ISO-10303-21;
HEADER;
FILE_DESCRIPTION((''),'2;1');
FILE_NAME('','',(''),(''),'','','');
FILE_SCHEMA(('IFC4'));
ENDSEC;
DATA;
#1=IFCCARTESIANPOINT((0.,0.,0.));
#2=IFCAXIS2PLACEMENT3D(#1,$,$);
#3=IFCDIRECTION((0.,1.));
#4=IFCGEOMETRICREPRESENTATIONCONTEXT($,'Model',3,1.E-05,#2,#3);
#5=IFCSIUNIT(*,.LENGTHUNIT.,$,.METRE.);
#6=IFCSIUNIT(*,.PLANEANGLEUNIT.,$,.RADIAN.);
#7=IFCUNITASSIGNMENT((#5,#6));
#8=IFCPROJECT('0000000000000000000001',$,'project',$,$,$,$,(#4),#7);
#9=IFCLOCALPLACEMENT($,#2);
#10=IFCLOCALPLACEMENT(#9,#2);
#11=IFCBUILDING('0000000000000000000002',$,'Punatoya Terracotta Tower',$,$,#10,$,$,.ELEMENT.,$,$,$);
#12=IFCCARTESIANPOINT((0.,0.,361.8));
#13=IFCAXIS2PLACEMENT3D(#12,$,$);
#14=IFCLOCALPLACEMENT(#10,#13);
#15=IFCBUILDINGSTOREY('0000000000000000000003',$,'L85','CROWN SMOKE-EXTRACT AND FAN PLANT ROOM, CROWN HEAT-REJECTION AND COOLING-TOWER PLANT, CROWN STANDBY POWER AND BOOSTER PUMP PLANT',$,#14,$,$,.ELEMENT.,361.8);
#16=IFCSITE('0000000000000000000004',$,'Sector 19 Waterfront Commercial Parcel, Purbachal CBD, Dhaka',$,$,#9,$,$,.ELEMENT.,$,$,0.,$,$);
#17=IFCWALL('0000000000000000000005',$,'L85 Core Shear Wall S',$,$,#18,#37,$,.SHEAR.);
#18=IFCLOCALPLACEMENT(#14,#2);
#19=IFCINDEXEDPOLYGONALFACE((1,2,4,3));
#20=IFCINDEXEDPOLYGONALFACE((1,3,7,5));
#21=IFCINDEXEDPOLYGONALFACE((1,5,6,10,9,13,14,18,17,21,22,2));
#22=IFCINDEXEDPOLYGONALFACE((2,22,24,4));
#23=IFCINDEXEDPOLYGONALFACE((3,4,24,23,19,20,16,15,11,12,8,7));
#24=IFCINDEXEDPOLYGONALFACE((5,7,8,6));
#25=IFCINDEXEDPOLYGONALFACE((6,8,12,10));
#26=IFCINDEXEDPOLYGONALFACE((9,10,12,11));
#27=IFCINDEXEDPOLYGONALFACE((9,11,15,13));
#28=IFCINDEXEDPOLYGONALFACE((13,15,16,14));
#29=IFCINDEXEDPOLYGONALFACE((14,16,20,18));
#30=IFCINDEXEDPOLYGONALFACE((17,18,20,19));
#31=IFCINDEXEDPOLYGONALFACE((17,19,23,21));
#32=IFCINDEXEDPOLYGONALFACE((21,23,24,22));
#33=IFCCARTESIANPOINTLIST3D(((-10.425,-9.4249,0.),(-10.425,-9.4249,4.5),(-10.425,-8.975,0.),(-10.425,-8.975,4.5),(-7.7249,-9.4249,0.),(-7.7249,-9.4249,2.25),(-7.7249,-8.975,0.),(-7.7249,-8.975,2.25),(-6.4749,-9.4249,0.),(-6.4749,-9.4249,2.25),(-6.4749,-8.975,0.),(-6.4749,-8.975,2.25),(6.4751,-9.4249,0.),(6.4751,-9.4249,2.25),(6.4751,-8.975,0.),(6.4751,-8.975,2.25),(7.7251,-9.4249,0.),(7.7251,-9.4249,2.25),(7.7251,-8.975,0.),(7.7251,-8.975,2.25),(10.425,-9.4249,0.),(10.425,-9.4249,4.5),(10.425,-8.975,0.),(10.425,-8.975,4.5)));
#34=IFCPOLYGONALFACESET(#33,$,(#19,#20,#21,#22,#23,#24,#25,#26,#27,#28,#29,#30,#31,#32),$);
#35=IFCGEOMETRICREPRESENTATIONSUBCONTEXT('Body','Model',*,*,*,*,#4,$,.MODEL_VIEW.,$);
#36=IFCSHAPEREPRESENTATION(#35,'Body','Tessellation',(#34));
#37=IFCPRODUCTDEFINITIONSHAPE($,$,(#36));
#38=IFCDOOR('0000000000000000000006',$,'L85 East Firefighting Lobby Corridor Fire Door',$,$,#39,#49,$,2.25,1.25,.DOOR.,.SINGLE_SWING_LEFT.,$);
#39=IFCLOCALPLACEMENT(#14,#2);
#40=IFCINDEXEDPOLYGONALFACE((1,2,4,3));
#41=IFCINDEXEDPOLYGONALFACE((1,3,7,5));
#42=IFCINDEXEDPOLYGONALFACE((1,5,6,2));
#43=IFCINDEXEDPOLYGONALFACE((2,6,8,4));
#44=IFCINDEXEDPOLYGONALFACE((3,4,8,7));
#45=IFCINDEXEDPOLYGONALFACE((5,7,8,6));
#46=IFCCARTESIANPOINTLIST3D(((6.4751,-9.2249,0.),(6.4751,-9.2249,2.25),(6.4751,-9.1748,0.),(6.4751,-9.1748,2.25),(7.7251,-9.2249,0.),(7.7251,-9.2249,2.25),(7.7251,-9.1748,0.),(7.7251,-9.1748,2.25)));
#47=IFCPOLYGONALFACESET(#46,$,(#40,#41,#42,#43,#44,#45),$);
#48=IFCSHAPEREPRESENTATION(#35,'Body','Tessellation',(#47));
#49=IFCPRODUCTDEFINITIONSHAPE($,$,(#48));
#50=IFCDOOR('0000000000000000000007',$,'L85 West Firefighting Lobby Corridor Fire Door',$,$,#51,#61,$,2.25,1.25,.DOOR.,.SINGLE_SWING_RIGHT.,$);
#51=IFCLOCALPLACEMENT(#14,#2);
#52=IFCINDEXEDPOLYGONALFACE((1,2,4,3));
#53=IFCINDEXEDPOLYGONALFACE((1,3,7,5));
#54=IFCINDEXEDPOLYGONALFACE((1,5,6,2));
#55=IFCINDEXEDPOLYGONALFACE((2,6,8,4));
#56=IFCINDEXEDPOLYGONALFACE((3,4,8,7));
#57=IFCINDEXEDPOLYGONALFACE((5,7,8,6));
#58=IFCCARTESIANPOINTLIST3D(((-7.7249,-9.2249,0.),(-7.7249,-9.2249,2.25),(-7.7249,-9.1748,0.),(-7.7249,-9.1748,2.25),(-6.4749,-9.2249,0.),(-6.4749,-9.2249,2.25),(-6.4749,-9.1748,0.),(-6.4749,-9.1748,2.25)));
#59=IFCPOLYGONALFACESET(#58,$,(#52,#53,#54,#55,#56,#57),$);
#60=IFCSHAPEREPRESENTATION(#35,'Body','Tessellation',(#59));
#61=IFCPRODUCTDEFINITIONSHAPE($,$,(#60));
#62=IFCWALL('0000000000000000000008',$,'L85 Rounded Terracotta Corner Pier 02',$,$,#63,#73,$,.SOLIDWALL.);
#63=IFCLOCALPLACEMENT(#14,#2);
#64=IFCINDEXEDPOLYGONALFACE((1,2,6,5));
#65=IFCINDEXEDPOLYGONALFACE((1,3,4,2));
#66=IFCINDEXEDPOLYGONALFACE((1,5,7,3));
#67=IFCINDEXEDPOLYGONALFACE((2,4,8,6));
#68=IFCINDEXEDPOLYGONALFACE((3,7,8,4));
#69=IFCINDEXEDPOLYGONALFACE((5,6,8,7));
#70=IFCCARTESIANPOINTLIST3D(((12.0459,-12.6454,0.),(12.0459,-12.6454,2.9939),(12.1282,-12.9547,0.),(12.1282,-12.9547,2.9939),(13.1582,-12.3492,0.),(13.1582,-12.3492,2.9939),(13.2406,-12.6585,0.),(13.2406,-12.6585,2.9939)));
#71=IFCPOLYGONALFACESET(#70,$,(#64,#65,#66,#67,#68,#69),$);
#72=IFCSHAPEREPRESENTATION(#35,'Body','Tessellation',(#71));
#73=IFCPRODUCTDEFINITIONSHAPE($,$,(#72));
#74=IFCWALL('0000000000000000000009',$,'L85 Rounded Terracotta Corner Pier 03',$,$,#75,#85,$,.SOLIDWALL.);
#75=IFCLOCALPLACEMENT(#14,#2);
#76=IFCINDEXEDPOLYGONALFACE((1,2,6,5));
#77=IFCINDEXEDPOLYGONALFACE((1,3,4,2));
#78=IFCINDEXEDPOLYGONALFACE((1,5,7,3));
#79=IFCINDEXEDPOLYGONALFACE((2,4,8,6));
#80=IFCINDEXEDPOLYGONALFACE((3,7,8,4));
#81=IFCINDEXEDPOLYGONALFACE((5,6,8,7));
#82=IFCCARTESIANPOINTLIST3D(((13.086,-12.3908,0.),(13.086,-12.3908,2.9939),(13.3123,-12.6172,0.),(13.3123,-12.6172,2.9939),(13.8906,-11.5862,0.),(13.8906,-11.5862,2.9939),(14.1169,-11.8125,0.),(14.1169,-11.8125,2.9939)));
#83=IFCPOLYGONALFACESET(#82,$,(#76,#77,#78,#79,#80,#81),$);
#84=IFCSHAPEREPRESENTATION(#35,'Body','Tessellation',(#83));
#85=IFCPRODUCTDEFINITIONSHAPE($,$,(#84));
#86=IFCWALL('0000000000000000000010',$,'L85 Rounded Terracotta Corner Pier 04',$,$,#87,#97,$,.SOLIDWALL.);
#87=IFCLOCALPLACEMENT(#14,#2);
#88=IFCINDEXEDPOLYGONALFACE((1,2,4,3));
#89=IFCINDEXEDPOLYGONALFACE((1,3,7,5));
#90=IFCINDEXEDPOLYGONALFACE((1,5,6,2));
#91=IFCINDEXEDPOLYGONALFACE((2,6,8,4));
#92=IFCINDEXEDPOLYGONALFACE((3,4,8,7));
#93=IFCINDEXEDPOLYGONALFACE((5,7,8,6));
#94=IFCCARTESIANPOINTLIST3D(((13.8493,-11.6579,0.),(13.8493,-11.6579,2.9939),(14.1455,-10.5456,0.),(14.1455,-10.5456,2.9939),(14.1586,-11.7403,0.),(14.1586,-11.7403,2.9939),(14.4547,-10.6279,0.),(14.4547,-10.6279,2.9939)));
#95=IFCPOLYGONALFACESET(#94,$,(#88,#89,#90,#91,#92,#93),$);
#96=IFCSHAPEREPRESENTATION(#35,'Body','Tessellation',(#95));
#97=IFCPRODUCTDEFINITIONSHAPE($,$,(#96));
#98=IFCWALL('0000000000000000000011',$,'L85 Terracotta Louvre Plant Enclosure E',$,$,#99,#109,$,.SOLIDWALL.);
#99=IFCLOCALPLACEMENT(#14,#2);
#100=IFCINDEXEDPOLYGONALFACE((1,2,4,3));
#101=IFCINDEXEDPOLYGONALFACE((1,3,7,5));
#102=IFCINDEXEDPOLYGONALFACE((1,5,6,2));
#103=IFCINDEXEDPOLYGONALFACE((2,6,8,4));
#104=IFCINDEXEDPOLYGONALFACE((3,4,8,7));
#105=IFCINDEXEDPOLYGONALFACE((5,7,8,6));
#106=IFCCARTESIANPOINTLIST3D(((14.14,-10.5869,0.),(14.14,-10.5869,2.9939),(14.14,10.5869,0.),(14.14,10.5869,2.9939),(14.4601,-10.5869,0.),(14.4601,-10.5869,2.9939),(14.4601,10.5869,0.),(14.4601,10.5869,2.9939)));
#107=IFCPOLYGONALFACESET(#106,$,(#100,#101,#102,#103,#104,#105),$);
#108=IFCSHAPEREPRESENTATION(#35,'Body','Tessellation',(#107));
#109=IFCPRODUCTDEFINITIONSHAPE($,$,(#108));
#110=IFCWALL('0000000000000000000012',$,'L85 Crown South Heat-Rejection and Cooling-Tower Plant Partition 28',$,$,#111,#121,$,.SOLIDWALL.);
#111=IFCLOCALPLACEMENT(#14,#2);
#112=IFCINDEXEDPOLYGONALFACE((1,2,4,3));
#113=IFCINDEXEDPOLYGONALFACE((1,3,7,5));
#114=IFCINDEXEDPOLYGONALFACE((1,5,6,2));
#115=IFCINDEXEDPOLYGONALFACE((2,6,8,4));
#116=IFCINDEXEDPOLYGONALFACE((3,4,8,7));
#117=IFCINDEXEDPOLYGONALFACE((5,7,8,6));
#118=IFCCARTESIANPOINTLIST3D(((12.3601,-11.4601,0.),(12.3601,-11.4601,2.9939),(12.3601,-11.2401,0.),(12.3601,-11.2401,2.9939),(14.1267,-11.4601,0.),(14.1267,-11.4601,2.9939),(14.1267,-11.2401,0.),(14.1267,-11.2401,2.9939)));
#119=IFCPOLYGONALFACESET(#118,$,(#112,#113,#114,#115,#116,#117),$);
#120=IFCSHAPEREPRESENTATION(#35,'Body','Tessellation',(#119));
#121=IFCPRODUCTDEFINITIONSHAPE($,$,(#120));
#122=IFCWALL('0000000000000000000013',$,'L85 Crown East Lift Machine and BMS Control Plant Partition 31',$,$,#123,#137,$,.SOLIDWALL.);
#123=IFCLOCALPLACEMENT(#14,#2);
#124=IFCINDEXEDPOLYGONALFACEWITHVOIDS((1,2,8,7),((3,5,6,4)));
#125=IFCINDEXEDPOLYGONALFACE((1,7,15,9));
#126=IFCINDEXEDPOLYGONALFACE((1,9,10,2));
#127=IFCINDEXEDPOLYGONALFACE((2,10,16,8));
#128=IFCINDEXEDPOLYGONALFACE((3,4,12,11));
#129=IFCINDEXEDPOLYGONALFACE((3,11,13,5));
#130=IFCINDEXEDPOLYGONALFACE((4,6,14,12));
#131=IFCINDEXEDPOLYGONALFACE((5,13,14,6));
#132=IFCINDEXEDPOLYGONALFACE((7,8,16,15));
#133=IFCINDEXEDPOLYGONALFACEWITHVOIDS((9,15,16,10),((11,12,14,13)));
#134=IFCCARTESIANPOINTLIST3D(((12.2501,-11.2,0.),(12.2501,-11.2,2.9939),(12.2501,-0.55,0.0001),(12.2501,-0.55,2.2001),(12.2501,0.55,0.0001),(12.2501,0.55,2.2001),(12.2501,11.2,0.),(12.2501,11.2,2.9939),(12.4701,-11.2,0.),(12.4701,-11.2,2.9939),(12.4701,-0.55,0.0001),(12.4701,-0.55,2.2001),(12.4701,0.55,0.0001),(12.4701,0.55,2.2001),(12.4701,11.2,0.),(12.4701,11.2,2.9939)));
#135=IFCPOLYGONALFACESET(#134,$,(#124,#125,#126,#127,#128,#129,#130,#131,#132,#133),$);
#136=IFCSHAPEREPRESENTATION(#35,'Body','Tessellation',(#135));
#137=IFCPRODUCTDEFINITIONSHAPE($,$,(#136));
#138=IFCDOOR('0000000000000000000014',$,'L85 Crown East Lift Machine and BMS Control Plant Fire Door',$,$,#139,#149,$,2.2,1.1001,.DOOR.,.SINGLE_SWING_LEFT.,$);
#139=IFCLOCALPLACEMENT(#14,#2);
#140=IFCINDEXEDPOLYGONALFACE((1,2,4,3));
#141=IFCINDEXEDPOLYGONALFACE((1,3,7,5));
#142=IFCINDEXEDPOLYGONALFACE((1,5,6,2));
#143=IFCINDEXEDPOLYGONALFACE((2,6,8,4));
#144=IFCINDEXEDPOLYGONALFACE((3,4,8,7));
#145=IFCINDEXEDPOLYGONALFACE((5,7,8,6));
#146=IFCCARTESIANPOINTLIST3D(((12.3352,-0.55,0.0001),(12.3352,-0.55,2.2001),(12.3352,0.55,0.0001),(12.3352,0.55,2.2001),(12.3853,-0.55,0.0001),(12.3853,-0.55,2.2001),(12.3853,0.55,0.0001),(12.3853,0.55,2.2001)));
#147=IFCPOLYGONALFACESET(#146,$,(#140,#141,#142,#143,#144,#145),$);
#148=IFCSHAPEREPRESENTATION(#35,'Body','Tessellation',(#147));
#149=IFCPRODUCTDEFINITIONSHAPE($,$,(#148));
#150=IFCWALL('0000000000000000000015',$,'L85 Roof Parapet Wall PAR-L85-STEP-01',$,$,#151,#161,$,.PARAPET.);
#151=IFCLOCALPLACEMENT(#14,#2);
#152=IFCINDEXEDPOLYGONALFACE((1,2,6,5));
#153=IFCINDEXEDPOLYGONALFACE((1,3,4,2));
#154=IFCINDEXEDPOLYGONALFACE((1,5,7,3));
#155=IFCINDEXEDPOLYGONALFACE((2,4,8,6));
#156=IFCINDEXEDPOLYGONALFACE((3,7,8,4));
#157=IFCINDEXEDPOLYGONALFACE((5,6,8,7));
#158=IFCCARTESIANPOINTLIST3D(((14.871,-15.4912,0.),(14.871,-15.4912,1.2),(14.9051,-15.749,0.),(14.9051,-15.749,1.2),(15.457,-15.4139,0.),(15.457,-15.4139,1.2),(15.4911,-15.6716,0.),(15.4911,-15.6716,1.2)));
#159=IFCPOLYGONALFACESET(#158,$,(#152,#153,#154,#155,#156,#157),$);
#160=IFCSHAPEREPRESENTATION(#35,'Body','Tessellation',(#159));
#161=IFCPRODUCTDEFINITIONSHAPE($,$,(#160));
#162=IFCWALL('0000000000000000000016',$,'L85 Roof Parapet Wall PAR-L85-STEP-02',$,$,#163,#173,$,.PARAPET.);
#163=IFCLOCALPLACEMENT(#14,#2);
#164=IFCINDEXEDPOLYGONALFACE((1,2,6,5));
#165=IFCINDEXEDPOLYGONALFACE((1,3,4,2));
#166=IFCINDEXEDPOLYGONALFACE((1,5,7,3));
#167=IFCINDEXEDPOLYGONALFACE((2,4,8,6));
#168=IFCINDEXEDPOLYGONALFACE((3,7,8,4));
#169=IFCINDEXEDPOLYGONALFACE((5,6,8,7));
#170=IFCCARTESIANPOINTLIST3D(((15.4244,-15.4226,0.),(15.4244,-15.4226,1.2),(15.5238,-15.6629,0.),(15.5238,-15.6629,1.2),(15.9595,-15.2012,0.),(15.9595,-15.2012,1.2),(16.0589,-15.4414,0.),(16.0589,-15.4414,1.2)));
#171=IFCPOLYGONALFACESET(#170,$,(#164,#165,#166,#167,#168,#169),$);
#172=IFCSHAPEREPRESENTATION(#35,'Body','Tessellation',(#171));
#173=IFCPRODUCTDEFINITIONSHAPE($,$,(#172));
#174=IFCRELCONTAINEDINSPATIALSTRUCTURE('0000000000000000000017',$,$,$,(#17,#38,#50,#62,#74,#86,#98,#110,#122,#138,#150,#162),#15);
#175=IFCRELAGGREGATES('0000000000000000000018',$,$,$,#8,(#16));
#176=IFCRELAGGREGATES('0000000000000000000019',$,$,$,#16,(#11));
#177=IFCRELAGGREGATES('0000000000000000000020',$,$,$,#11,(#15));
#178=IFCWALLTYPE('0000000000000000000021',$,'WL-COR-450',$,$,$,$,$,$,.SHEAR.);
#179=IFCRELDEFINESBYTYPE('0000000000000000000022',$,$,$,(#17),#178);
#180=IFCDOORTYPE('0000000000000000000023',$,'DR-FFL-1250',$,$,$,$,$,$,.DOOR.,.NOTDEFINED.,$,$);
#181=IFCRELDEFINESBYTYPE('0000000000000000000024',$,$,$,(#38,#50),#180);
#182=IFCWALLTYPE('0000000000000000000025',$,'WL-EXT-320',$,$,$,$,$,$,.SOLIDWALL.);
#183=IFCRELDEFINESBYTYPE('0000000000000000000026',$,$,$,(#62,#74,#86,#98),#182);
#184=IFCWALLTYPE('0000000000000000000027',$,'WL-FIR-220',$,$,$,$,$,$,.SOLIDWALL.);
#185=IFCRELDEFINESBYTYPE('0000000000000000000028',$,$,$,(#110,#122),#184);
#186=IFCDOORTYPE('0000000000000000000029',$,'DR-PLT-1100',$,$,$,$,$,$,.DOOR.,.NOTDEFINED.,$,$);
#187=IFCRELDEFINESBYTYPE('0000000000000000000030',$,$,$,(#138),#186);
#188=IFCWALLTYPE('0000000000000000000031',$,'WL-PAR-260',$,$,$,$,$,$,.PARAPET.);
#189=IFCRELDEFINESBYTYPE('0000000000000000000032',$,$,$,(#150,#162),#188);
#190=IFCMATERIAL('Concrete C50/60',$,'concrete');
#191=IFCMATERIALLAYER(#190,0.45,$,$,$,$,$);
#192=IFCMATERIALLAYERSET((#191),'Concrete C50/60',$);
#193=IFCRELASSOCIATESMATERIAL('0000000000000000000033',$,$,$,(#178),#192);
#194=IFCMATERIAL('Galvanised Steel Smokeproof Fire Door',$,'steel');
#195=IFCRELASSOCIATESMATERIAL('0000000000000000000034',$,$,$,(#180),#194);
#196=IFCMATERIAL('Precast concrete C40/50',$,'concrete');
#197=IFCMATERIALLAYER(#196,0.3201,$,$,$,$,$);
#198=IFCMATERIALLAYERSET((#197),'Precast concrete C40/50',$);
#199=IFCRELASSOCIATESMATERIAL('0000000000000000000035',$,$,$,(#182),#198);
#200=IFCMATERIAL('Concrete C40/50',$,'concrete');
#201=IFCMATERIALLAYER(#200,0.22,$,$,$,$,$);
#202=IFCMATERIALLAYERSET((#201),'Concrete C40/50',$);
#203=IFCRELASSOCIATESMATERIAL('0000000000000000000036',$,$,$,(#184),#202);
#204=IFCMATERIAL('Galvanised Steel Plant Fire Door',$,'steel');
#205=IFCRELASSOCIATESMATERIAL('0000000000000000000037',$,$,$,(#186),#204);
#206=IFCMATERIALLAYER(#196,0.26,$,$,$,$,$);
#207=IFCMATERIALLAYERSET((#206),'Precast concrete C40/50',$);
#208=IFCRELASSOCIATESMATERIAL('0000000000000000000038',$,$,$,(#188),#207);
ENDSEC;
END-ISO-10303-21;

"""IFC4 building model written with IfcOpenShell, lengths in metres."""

from ifc_helpers import new_model, si_unit, direction, frame, frame_2d, origin, place, context, subcontext, project, spatial, rectangle, extrude, material, layer, layer_set, type_object, element, fill, save


model = new_model("IFC4")

# Units and contexts
model_context = context("Model", 3, precision=1e-05, world=origin(), true_north=direction((0.0, 1.0)))
body_context = subcontext(model_context, "Body", "Model", "MODEL_VIEW")
ifc_project = project(units=[si_unit("LENGTHUNIT", "METRE"), si_unit("PLANEANGLEUNIT", "RADIAN")], contexts=[model_context])

# Site, building, storey
site_placement = place(None, origin())
site = spatial("IfcSite", under=ifc_project, at=site_placement, Name="Sector 19 Waterfront Commercial Parcel, Purbachal CBD, Dhaka", CompositionType="ELEMENT", RefElevation=0.0)
building_placement = place(site_placement, origin())
building = spatial("IfcBuilding", under=site, at=building_placement, Name="Punatoya Terracotta Tower", CompositionType="ELEMENT")
storey_placement = place(building_placement, frame((0.0, 0.0, 361.8)))
storey = spatial("IfcBuildingStorey", under=building, at=storey_placement, Name="L85", Description="CROWN SMOKE-EXTRACT AND FAN PLANT ROOM, CROWN HEAT-REJECTION AND COOLING-TOWER PLANT, CROWN STANDBY POWER AND BOOSTER PUMP PLANT", CompositionType="ELEMENT", Elevation=361.8)

# Wall, openings, doors
ifc_material_1 = material(Name="Concrete C50/60", Category="concrete")
ifc_layer_1 = layer(ifc_material_1, 0.45)
ifc_layer_set_1 = layer_set([ifc_layer_1], Name="Concrete C50/60")
wall_type_1 = type_object("IfcWallType", Name="WL-COR-450", PredefinedType="SHEAR", material=ifc_layer_set_1)
wall_1_placement = place(storey_placement, frame((10.425, -9.2, 0.0), z_axis=(0.0, 0.0, 1.0), x_axis=(-1.0, 0.0, 0.0)))
wall_1 = element("IfcWall", 1, at=wall_1_placement, inside=storey, type_object=wall_type_1, Name="L85 Core Shear Wall S", PredefinedType="SHEAR", context=body_context, shape_type="SweptSolid", body=[
    extrude(rectangle(XDim=20.8501, YDim=0.45, at=frame_2d((10.425, 0.0))), origin(), (0.0, 0.0, 1.0), 4.5),
])
opening_1_placement = place(wall_1_placement, frame((2.7, 0.0, 0.0)))
opening_1 = element("IfcOpeningElement", 2, at=opening_1_placement, cuts=wall_1, PredefinedType="OPENING", context=body_context, shape_type="SweptSolid", body=[
    extrude(rectangle(XDim=1.25, YDim=2.25, at=frame_2d((0.625, 1.125))), frame((0.0, 0.2349, 0.0), z_axis=(0.0, -1.0, 0.0), x_axis=(1.0, 0.0, 0.0)), (0.0, 0.0, 1.0), 0.47),
])
opening_2_placement = place(wall_1_placement, frame((16.8999, 0.0, 0.0)))
opening_2 = element("IfcOpeningElement", 3, at=opening_2_placement, cuts=wall_1, PredefinedType="OPENING", context=body_context, shape_type="SweptSolid", body=[
    extrude(rectangle(XDim=1.25, YDim=2.25, at=frame_2d((0.625, 1.125))), frame((0.0, 0.2349, 0.0), z_axis=(0.0, -1.0, 0.0), x_axis=(1.0, 0.0, 0.0)), (0.0, 0.0, 1.0), 0.47),
])
ifc_material_2 = material(Name="Galvanised Steel Smokeproof Fire Door", Category="steel")
door_type_1 = type_object("IfcDoorType", Name="DR-FFL-1250", OperationType="NOTDEFINED", PredefinedType="DOOR", material=ifc_material_2)
door_1_placement = place(opening_1_placement, origin())
door_1 = element("IfcDoor", 4, at=door_1_placement, inside=storey, type_object=door_type_1, Name="L85 East Firefighting Lobby Corridor Fire Door", OperationType="SINGLE_SWING_LEFT", OverallHeight=2.25, OverallWidth=1.25, PredefinedType="DOOR", context=body_context, shape_type="SweptSolid", body=[
    extrude(rectangle(XDim=1.25, YDim=2.25, at=frame_2d((0.625, 1.125))), frame((0.0, 0.0249, 0.0), z_axis=(0.0, -1.0, 0.0), x_axis=(1.0, 0.0, 0.0)), (0.0, 0.0, 1.0), 0.05),
])
fill(opening_1, door_1)
door_2_placement = place(opening_2_placement, origin())
door_2 = element("IfcDoor", 5, at=door_2_placement, inside=storey, type_object=door_type_1, Name="L85 West Firefighting Lobby Corridor Fire Door", OperationType="SINGLE_SWING_RIGHT", OverallHeight=2.25, OverallWidth=1.25, PredefinedType="DOOR", context=body_context, shape_type="SweptSolid", body=[
    extrude(rectangle(XDim=1.25, YDim=2.25, at=frame_2d((0.625, 1.125))), frame((0.0, 0.0249, 0.0), z_axis=(0.0, -1.0, 0.0), x_axis=(1.0, 0.0, 0.0)), (0.0, 0.0, 1.0), 0.05),
])
fill(opening_2, door_2)

# Walls
ifc_material_3 = material(Name="Precast concrete C40/50", Category="concrete")
ifc_layer_2 = layer(ifc_material_3, 0.3201)
ifc_layer_set_2 = layer_set([ifc_layer_2], Name="Precast concrete C40/50")
wall_type_2 = type_object("IfcWallType", Name="WL-EXT-320", PredefinedType="SOLIDWALL", material=ifc_layer_set_2)
wall_2_placement = place(storey_placement, frame((12.0869, -12.8, 0.0), z_axis=(0.0, 0.0, 1.0), x_axis=(0.966337, 0.25728, 0.0)))
element("IfcWall", 6, at=wall_2_placement, inside=storey, type_object=wall_type_2, Name="L85 Rounded Terracotta Corner Pier 02", PredefinedType="SOLIDWALL", context=body_context, shape_type="SweptSolid", body=[
    extrude(rectangle(XDim=1.1511, YDim=0.3201, at=frame_2d((0.5757, 0.0))), origin(), (0.0, 0.0, 1.0), 2.9939),
])
wall_3_placement = place(storey_placement, frame((13.1992, -12.5039, 0.0), z_axis=(0.0, 0.0, 1.0), x_axis=(0.707107, 0.707107, 0.0)))
element("IfcWall", 7, at=wall_3_placement, inside=storey, type_object=wall_type_2, Name="L85 Rounded Terracotta Corner Pier 03", PredefinedType="SOLIDWALL", context=body_context, shape_type="SweptSolid", body=[
    extrude(rectangle(XDim=1.1379, YDim=0.3201, at=frame_2d((0.5688, 0.0))), origin(), (0.0, 0.0, 1.0), 2.9939),
])
wall_4_placement = place(storey_placement, frame((14.0039, -11.6992, 0.0), z_axis=(0.0, 0.0, 1.0), x_axis=(0.25728, 0.966337, 0.0)))
element("IfcWall", 8, at=wall_4_placement, inside=storey, type_object=wall_type_2, Name="L85 Rounded Terracotta Corner Pier 04", PredefinedType="SOLIDWALL", context=body_context, shape_type="SweptSolid", body=[
    extrude(rectangle(XDim=1.1511, YDim=0.3201, at=frame_2d((0.5757, 0.0))), origin(), (0.0, 0.0, 1.0), 2.9939),
])
wall_5_placement = place(storey_placement, frame((14.3, -10.5869, 0.0), z_axis=(0.0, 0.0, 1.0), x_axis=(0.0, 1.0, 0.0)))
element("IfcWall", 9, at=wall_5_placement, inside=storey, type_object=wall_type_2, Name="L85 Terracotta Louvre Plant Enclosure E", PredefinedType="SOLIDWALL", context=body_context, shape_type="SweptSolid", body=[
    extrude(rectangle(XDim=21.1738, YDim=0.3201, at=frame_2d((10.5869, 0.0))), origin(), (0.0, 0.0, 1.0), 2.9939),
])
ifc_material_4 = material(Name="Concrete C40/50", Category="concrete")
ifc_layer_3 = layer(ifc_material_4, 0.22)
ifc_layer_set_3 = layer_set([ifc_layer_3], Name="Concrete C40/50")
wall_type_3 = type_object("IfcWallType", Name="WL-FIR-220", PredefinedType="SOLIDWALL", material=ifc_layer_set_3)
wall_6_placement = place(storey_placement, frame((12.3601, -11.3501, 0.0), z_axis=(0.0, 0.0, 1.0), x_axis=(1.0, 0.0, 0.0)))
element("IfcWall", 10, at=wall_6_placement, inside=storey, type_object=wall_type_3, Name="L85 Crown South Heat-Rejection and Cooling-Tower Plant Partition 28", PredefinedType="SOLIDWALL", context=body_context, shape_type="SweptSolid", body=[
    extrude(rectangle(XDim=1.7666, YDim=0.22, at=frame_2d((0.8833, 0.0))), origin(), (0.0, 0.0, 1.0), 2.9939),
])

# Wall, opening, door
wall_7_placement = place(storey_placement, frame((12.3601, -11.2, 0.0), z_axis=(0.0, 0.0, 1.0), x_axis=(0.0, 1.0, 0.0)))
wall_7 = element("IfcWall", 11, at=wall_7_placement, inside=storey, type_object=wall_type_3, Name="L85 Crown East Lift Machine and BMS Control Plant Partition 31", PredefinedType="SOLIDWALL", context=body_context, shape_type="SweptSolid", body=[
    extrude(rectangle(XDim=22.3999, YDim=0.22, at=frame_2d((11.2, 0.0))), origin(), (0.0, 0.0, 1.0), 2.9939),
])
opening_3_placement = place(wall_7_placement, frame((10.6499, 0.0, 0.0)))
opening_3 = element("IfcOpeningElement", 12, at=opening_3_placement, cuts=wall_7, PredefinedType="OPENING", context=body_context, shape_type="SweptSolid", body=[
    extrude(rectangle(XDim=1.1001, YDim=2.2, at=frame_2d((0.55, 1.1001))), frame((0.0, 0.1199, 0.0), z_axis=(0.0, -1.0, 0.0), x_axis=(1.0, 0.0, 0.0)), (0.0, 0.0, 1.0), 0.24),
])
ifc_material_5 = material(Name="Galvanised Steel Plant Fire Door", Category="steel")
door_type_2 = type_object("IfcDoorType", Name="DR-PLT-1100", OperationType="NOTDEFINED", PredefinedType="DOOR", material=ifc_material_5)
door_3_placement = place(opening_3_placement, origin())
door_3 = element("IfcDoor", 13, at=door_3_placement, inside=storey, type_object=door_type_2, Name="L85 Crown East Lift Machine and BMS Control Plant Fire Door", OperationType="SINGLE_SWING_LEFT", OverallHeight=2.2, OverallWidth=1.1001, PredefinedType="DOOR", context=body_context, shape_type="SweptSolid", body=[
    extrude(rectangle(XDim=1.1001, YDim=2.2, at=frame_2d((0.55, 1.1001))), frame((0.0, 0.0249, 0.0), z_axis=(0.0, -1.0, 0.0), x_axis=(1.0, 0.0, 0.0)), (0.0, 0.0, 1.0), 0.05),
])
fill(opening_3, door_3)

# Walls
ifc_layer_4 = layer(ifc_material_3, 0.26)
ifc_layer_set_4 = layer_set([ifc_layer_4], Name="Precast concrete C40/50")
wall_type_4 = type_object("IfcWallType", Name="WL-PAR-260", PredefinedType="PARAPET", material=ifc_layer_set_4)
wall_8_placement = place(storey_placement, frame((14.8882, -15.6201, 0.0), z_axis=(0.0, 0.0, 1.0), x_axis=(0.991389, 0.130946, 0.0)))
element("IfcWall", 14, at=wall_8_placement, inside=storey, type_object=wall_type_4, Name="L85 Roof Parapet Wall PAR-L85-STEP-01", PredefinedType="PARAPET", context=body_context, shape_type="SweptSolid", body=[
    extrude(rectangle(XDim=0.5911, YDim=0.26, at=frame_2d((0.2954, 0.0))), origin(), (0.0, 0.0, 1.0), 1.2),
])
for number, where, z_axis, x_axis, name in (
    (15, (15.4741, -15.5427, 0.0), (0.0, 0.0, 1.0), (0.924022, 0.382339, 0.0), "L85 Roof Parapet Wall PAR-L85-STEP-02"),
):
    element("IfcWall", number, at=place(storey_placement, frame(where, z_axis=z_axis, x_axis=x_axis)), inside=storey, type_object=wall_type_4, Name=name, PredefinedType="PARAPET", context=body_context, shape_type="SweptSolid", body=[
        extrude(rectangle(XDim=0.5791, YDim=0.26, at=frame_2d((0.2896, 0.0))), origin(), (0.0, 0.0, 1.0), 1.2),
    ])

save(model, "model.ifc")
